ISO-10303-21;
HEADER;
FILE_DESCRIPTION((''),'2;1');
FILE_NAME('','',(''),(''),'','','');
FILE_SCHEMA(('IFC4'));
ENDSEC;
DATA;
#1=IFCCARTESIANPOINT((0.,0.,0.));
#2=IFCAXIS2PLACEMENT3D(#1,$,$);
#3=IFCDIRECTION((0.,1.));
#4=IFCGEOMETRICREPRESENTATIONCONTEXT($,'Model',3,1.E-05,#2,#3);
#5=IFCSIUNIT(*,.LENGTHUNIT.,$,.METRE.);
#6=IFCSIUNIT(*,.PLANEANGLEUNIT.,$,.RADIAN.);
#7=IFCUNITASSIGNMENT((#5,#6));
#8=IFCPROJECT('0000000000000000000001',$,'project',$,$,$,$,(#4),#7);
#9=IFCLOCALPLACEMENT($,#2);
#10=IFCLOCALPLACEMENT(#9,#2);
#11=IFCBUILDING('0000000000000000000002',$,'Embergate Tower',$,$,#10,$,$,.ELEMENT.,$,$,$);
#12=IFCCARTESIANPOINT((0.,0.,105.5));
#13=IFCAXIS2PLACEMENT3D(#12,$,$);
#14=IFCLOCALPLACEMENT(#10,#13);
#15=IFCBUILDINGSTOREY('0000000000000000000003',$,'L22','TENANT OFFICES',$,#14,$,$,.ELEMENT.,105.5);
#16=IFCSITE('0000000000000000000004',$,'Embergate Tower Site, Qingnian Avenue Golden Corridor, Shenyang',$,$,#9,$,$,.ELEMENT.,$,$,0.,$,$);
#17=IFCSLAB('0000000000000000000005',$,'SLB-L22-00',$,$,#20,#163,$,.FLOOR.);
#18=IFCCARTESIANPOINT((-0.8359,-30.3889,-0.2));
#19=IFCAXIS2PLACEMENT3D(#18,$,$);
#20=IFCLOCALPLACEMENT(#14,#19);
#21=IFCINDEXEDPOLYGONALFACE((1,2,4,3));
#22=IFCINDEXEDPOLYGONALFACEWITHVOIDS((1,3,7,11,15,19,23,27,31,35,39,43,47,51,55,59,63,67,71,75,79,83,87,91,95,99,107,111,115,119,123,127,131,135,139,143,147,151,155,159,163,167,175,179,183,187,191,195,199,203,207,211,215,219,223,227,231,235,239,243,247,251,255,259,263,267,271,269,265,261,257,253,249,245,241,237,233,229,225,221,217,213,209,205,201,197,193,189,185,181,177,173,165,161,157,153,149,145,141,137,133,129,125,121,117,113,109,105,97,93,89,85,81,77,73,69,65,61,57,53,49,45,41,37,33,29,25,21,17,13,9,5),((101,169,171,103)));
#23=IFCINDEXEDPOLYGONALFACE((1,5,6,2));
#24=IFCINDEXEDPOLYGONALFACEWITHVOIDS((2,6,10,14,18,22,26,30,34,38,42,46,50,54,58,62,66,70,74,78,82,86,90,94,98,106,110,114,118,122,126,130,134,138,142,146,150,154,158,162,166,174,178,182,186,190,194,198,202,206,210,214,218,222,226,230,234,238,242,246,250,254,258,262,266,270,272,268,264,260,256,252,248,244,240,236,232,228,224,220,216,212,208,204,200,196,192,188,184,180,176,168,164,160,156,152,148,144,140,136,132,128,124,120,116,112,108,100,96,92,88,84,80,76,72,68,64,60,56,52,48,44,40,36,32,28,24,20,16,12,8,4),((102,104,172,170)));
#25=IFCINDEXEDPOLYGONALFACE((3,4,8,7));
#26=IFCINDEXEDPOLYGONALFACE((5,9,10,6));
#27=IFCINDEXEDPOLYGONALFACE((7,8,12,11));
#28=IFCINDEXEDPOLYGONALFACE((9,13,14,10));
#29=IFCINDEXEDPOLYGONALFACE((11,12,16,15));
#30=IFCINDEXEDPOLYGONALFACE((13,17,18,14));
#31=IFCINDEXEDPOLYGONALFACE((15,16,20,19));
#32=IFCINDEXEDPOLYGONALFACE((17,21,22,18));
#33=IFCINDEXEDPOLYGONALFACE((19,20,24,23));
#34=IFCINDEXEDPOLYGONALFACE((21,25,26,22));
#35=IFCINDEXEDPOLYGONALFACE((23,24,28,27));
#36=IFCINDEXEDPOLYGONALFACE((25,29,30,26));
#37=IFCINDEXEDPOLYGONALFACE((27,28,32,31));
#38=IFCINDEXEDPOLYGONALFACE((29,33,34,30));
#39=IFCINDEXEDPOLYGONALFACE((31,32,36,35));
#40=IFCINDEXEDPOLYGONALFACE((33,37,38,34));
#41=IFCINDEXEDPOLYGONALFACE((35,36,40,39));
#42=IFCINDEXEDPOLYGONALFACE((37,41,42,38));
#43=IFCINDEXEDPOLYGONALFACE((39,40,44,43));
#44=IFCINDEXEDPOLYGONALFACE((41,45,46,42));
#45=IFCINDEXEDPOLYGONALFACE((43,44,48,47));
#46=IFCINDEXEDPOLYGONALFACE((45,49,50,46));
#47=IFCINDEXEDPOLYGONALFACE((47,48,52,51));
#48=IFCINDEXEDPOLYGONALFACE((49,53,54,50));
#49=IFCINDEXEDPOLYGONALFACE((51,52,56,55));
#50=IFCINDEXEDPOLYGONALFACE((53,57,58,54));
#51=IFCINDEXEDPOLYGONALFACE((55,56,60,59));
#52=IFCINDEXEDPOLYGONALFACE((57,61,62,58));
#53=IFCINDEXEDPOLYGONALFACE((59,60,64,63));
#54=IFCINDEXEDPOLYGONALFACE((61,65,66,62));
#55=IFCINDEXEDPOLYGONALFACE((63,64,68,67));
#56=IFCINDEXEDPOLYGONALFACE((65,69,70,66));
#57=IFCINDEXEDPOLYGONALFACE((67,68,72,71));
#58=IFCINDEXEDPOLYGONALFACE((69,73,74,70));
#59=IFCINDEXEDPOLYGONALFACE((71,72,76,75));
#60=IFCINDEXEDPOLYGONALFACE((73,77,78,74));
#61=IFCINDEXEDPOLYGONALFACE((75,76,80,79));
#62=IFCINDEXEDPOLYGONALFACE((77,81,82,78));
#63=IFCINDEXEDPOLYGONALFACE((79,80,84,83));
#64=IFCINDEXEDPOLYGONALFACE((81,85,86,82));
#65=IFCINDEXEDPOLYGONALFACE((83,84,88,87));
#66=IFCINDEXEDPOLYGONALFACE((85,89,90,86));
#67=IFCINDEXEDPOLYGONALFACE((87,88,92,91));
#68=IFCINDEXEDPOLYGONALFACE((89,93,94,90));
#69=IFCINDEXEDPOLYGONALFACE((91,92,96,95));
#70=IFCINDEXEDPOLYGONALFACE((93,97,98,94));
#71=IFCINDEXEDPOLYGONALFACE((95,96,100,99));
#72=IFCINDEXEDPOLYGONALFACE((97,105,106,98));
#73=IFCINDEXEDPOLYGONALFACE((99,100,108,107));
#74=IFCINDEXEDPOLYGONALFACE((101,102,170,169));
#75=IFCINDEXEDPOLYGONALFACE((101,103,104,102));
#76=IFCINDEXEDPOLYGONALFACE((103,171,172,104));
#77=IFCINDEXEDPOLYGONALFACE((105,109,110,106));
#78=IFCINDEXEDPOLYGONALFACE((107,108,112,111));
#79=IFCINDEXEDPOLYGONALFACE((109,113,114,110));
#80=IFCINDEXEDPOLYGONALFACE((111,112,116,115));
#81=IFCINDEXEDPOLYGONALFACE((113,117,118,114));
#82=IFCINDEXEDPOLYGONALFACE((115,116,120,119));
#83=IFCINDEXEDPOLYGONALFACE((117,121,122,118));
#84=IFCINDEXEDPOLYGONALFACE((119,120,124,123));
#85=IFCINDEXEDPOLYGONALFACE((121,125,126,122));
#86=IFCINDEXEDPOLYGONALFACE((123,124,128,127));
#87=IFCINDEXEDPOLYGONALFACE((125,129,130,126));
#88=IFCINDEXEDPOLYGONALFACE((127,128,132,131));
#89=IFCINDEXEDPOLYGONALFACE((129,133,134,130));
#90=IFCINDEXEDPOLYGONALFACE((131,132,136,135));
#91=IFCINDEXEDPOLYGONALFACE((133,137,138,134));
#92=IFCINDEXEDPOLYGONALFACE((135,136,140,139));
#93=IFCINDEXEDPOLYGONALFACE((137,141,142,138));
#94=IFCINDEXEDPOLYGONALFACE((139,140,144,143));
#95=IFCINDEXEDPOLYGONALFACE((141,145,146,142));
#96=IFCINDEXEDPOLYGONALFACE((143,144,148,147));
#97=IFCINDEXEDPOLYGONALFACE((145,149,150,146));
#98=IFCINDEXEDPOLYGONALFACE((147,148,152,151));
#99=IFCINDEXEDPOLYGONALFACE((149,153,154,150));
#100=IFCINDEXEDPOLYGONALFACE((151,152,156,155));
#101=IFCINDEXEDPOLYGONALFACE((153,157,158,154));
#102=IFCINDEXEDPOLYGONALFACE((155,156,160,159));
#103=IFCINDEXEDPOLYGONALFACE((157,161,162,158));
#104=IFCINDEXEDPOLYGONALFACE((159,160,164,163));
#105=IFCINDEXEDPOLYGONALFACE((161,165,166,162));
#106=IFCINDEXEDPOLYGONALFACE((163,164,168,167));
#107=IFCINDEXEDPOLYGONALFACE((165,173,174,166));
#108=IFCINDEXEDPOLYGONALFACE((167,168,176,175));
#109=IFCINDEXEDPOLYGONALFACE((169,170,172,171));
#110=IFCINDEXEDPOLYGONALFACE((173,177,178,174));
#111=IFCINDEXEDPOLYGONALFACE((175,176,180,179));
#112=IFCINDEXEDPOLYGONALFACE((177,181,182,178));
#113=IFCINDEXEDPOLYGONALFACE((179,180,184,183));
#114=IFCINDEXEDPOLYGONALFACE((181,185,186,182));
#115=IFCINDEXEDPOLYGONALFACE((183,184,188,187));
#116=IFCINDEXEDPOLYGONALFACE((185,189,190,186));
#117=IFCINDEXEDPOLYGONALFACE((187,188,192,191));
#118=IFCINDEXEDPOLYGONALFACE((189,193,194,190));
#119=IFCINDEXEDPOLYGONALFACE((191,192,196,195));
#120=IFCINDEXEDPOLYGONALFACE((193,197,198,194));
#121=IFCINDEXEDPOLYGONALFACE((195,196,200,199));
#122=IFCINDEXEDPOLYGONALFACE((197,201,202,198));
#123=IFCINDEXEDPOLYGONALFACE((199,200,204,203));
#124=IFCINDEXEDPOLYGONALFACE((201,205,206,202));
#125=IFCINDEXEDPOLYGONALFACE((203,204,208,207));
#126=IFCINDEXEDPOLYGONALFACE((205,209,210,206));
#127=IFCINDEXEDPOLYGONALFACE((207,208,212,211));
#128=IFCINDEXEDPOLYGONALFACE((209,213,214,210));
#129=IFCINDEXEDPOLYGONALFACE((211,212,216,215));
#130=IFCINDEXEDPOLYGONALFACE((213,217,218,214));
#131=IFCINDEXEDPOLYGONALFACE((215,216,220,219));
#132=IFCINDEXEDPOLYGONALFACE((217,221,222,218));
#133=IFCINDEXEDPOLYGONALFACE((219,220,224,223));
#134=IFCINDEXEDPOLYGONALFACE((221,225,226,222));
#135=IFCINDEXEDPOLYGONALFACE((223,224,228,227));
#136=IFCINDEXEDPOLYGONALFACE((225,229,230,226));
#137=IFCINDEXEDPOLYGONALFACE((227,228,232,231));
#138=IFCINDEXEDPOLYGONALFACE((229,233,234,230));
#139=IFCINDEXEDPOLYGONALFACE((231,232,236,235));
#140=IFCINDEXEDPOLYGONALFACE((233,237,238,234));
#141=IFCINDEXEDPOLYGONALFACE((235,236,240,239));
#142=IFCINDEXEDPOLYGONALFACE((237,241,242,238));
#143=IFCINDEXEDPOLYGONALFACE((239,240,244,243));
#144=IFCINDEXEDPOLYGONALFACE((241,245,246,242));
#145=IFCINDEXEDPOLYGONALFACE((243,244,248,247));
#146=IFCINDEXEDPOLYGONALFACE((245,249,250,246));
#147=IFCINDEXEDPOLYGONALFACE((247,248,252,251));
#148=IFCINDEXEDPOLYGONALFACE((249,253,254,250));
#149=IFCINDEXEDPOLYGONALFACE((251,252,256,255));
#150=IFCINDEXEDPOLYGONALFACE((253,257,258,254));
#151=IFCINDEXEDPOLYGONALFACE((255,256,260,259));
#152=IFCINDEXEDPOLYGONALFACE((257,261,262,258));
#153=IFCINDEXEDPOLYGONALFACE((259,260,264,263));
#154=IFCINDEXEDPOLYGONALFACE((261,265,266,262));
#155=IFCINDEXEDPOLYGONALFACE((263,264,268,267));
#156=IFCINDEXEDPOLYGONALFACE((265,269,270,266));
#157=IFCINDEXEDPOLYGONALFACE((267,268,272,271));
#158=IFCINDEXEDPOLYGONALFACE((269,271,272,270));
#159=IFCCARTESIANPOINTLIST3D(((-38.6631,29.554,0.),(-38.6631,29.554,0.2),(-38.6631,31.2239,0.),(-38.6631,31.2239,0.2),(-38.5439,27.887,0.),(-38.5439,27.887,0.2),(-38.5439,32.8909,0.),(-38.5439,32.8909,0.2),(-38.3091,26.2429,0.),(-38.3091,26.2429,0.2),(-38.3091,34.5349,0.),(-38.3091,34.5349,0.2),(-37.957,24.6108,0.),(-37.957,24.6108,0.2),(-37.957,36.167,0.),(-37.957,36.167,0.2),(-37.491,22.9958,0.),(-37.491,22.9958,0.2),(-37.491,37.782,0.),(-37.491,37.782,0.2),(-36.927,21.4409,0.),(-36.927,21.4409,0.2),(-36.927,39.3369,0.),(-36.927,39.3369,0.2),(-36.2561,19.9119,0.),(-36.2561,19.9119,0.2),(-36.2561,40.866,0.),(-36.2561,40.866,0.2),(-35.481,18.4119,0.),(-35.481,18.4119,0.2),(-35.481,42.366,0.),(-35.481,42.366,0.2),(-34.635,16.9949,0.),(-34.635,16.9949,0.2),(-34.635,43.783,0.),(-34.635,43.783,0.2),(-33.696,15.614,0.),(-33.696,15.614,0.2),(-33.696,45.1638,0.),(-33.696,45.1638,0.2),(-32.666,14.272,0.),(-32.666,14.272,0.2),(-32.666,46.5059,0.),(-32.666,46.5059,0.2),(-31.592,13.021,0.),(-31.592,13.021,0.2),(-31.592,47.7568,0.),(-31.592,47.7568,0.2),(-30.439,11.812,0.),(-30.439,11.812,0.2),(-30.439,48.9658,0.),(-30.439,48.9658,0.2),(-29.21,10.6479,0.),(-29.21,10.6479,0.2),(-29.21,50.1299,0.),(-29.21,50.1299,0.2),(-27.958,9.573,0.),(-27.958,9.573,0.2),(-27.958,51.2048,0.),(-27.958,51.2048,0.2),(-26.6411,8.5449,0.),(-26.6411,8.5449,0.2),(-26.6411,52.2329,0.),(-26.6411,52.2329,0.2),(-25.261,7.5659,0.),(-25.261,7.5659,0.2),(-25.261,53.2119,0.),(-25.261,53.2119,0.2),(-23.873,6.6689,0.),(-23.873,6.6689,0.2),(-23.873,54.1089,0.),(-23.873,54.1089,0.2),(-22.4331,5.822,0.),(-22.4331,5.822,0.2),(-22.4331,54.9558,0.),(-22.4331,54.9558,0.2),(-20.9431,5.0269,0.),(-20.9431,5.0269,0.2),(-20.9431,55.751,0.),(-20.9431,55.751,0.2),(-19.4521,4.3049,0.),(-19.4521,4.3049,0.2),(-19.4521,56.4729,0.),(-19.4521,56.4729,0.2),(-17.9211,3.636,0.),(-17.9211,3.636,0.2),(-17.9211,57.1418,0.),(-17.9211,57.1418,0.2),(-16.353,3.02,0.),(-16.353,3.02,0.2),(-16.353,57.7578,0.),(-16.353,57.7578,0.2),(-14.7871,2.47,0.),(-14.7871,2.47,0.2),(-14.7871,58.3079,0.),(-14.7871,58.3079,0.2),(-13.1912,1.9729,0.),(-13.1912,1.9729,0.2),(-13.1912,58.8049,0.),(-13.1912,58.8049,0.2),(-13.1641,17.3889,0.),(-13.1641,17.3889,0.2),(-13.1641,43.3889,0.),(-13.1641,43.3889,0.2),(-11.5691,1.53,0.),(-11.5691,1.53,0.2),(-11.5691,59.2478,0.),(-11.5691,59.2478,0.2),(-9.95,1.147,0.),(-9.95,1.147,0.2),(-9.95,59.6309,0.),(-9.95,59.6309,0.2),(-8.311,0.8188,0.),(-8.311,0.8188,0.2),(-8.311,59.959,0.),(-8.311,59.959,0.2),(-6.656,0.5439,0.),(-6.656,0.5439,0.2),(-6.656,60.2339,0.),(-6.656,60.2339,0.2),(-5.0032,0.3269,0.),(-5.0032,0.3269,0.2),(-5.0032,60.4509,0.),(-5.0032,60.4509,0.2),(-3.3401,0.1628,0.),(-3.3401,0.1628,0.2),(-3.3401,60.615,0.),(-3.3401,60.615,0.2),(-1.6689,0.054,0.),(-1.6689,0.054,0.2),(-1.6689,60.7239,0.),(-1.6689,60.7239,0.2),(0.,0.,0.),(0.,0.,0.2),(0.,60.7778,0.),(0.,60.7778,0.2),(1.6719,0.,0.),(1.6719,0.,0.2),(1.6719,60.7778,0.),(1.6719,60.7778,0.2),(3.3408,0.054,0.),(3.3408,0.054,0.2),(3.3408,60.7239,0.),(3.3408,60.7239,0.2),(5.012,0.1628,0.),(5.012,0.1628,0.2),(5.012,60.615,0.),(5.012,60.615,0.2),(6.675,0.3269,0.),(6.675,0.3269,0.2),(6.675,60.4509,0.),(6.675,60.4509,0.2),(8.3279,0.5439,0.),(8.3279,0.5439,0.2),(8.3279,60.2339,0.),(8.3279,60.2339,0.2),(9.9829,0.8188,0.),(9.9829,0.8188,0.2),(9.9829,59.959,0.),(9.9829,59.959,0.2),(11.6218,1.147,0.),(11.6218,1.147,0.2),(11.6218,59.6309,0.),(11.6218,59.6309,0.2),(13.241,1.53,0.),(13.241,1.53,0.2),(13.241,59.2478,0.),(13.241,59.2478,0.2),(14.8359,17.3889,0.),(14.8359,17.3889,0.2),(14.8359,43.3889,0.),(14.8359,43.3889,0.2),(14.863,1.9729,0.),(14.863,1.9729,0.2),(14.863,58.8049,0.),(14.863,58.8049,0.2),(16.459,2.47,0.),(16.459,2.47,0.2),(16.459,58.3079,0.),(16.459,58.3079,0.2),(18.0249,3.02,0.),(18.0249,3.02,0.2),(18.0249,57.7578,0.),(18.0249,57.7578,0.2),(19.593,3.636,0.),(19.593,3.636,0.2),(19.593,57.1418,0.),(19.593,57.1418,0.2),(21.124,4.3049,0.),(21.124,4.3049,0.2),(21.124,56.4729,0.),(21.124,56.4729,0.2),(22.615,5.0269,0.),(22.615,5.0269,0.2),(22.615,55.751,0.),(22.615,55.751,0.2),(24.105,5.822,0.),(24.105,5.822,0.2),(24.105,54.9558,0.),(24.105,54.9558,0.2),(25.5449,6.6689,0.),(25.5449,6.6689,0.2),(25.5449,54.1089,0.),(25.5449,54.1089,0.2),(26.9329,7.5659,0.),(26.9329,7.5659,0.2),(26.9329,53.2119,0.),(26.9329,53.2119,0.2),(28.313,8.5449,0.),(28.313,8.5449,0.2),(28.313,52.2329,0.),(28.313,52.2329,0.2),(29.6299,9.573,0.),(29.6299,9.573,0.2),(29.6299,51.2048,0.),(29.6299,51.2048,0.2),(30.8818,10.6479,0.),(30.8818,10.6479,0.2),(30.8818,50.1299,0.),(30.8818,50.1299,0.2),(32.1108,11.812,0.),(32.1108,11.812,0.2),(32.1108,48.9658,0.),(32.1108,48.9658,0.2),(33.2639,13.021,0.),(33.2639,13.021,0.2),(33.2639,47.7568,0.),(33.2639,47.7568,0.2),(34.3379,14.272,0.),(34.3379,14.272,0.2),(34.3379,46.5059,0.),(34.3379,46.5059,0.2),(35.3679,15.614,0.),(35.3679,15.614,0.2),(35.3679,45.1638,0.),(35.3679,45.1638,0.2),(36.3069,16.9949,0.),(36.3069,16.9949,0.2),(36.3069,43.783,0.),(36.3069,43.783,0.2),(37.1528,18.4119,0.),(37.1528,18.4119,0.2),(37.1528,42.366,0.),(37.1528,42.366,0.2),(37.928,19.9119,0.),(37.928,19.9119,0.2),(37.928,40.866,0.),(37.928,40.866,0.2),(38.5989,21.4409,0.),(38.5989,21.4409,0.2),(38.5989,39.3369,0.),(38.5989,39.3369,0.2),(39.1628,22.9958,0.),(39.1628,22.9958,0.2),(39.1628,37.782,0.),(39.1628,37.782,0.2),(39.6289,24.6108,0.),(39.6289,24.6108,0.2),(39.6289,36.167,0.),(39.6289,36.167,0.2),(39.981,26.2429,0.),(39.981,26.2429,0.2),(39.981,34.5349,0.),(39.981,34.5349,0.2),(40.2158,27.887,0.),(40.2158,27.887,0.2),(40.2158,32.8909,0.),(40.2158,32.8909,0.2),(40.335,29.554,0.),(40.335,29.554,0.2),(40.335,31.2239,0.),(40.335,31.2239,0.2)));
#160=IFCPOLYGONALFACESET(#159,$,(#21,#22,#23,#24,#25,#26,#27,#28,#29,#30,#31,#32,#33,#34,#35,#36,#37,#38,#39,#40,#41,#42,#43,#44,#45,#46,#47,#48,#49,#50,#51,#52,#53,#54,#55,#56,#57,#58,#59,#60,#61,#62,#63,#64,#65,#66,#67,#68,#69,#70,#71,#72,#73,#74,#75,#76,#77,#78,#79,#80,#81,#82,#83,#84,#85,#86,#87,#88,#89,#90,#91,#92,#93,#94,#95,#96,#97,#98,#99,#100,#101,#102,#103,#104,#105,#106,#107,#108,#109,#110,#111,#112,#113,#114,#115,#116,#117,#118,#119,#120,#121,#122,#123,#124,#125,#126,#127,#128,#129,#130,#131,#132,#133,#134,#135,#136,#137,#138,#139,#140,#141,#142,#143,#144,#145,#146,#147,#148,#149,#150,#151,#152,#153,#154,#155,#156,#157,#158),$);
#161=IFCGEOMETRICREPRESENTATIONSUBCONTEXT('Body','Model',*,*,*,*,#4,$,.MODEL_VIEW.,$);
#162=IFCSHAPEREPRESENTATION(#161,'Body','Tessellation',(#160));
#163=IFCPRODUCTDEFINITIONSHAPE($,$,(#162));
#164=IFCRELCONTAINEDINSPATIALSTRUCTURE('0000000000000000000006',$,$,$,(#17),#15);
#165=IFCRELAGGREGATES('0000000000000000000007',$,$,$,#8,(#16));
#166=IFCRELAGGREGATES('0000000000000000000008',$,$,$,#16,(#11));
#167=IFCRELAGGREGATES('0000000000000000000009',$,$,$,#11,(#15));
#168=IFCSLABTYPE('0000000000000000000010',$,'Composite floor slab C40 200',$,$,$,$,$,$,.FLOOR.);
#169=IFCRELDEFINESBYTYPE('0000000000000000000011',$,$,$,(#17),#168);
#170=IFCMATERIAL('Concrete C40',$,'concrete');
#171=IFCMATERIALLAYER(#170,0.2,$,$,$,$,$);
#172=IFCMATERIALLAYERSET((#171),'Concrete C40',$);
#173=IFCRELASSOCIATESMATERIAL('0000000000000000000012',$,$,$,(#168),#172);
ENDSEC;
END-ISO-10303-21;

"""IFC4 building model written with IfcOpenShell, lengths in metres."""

from ifc_helpers import new_model, si_unit, direction, frame, origin, place, context, subcontext, project, spatial, polyline, outline, extrude, source, transform, mapped, material, layer, layer_set, type_object, element, save


model = new_model("IFC4")

# Units and contexts
model_context = context("Model", 3, precision=1e-05, world=origin(), true_north=direction((0.0, 1.0)))
body_context = subcontext(model_context, "Body", "Model", "MODEL_VIEW")
ifc_project = project(units=[si_unit("LENGTHUNIT", "METRE"), si_unit("PLANEANGLEUNIT", "RADIAN")], contexts=[model_context])

# Site, building, storey
site_placement = place(None, origin())
site = spatial("IfcSite", under=ifc_project, at=site_placement, Name="Embergate Tower Site, Qingnian Avenue Golden Corridor, Shenyang", CompositionType="ELEMENT", RefElevation=0.0)
building_placement = place(site_placement, origin())
building = spatial("IfcBuilding", under=site, at=building_placement, Name="Embergate Tower", CompositionType="ELEMENT")
storey_placement = place(building_placement, frame((0.0, 0.0, 105.5)))
storey = spatial("IfcBuildingStorey", under=building, at=storey_placement, Name="L22", Description="TENANT OFFICES", CompositionType="ELEMENT", Elevation=105.5)

# Slab
ifc_material_1 = material(Name="Concrete C40", Category="concrete")
ifc_layer_1 = layer(ifc_material_1, 0.2)
ifc_layer_set_1 = layer_set([ifc_layer_1], Name="Concrete C40")
slab_type = type_object("IfcSlabType", Name="Composite floor slab C40 200", PredefinedType="FLOOR", material=ifc_layer_set_1)
shared_shape_1 = source(origin(), body_context, "Body", "SweptSolid", [
    extrude(outline(polyline([(0.0, 0.0), (1.6719, 0.0), (3.3408, 0.054), (5.012, 0.1628), (6.675, 0.3269), (8.3279, 0.5439), (9.9829, 0.8188), (11.6218, 1.147), (13.241, 1.53), (14.863, 1.9729), (16.459, 2.47), (18.0249, 3.02), (19.593, 3.636), (21.124, 4.3049), (22.615, 5.0269), (24.105, 5.822), (25.5449, 6.6689), (26.9329, 7.5659), (28.313, 8.5449), (29.6299, 9.573), (30.8818, 10.6479), (32.1108, 11.812), (33.2639, 13.021), (34.3379, 14.272), (35.3679, 15.614), (36.3069, 16.9949), (37.1528, 18.4119), (37.928, 19.9119), (38.5989, 21.4409), (39.1628, 22.9958), (39.6289, 24.6108), (39.981, 26.2429), (40.2158, 27.887), (40.335, 29.554), (40.335, 31.2239), (40.2158, 32.8909), (39.981, 34.5349), (39.6289, 36.167), (39.1628, 37.782), (38.5989, 39.3369), (37.928, 40.866), (37.1528, 42.366), (36.3069, 43.783), (35.3679, 45.1638), (34.3379, 46.5059), (33.2639, 47.7568), (32.1108, 48.9658), (30.8818, 50.1299), (29.6299, 51.2048), (28.313, 52.2329), (26.9329, 53.2119), (25.5449, 54.1089), (24.105, 54.9558), (22.615, 55.751), (21.124, 56.4729), (19.593, 57.1418), (18.0249, 57.7578), (16.459, 58.3079), (14.863, 58.8049), (13.241, 59.2478), (11.6218, 59.6309), (9.9829, 59.959), (8.3279, 60.2339), (6.675, 60.4509), (5.012, 60.615), (3.3408, 60.7239), (1.6719, 60.7778), (0.0, 60.7778), (-1.6689, 60.7239), (-3.3401, 60.615), (-5.0032, 60.4509), (-6.656, 60.2339), (-8.311, 59.959), (-9.95, 59.6309), (-11.5691, 59.2478), (-13.1912, 58.8049), (-14.7871, 58.3079), (-16.353, 57.7578), (-17.9211, 57.1418), (-19.4521, 56.4729), (-20.9431, 55.751), (-22.4331, 54.9558), (-23.873, 54.1089), (-25.261, 53.2119), (-26.6411, 52.2329), (-27.958, 51.2048), (-29.21, 50.1299), (-30.439, 48.9658), (-31.592, 47.7568), (-32.666, 46.5059), (-33.696, 45.1638), (-34.635, 43.783), (-35.481, 42.366), (-36.2561, 40.866), (-36.927, 39.3369), (-37.491, 37.782), (-37.957, 36.167), (-38.3091, 34.5349), (-38.5439, 32.8909), (-38.6631, 31.2239), (-38.6631, 29.554), (-38.5439, 27.887), (-38.3091, 26.2429), (-37.957, 24.6108), (-37.491, 22.9958), (-36.927, 21.4409), (-36.2561, 19.9119), (-35.481, 18.4119), (-34.635, 16.9949), (-33.696, 15.614), (-32.666, 14.272), (-31.592, 13.021), (-30.439, 11.812), (-29.21, 10.6479), (-27.958, 9.573), (-26.6411, 8.5449), (-25.261, 7.5659), (-23.873, 6.6689), (-22.4331, 5.822), (-20.9431, 5.0269), (-19.4521, 4.3049), (-17.9211, 3.636), (-16.353, 3.02), (-14.7871, 2.47), (-13.1912, 1.9729), (-11.5691, 1.53), (-9.95, 1.147), (-8.311, 0.8188), (-6.656, 0.5439), (-5.0032, 0.3269), (-3.3401, 0.1628), (-1.6689, 0.054), (0.0, 0.0)]), holes=[polyline([(-13.1641, 17.3889), (-13.1641, 43.3889), (14.8359, 43.3889), (14.8359, 17.3889), (-13.1641, 17.3889)])]), origin(), (0.0, 0.0, 1.0), 0.2),
])
slab_placement = place(storey_placement, frame((-0.8359, -30.3889, -0.2)))
element("IfcSlab", 1, at=slab_placement, inside=storey, type_object=slab_type, Name="SLB-L22-00", PredefinedType="FLOOR", context=body_context, shape_type="MappedRepresentation", body=[
    mapped(shared_shape_1, transform((0.0, 0.0, 0.0))),
])

save(model, "model.ifc")
